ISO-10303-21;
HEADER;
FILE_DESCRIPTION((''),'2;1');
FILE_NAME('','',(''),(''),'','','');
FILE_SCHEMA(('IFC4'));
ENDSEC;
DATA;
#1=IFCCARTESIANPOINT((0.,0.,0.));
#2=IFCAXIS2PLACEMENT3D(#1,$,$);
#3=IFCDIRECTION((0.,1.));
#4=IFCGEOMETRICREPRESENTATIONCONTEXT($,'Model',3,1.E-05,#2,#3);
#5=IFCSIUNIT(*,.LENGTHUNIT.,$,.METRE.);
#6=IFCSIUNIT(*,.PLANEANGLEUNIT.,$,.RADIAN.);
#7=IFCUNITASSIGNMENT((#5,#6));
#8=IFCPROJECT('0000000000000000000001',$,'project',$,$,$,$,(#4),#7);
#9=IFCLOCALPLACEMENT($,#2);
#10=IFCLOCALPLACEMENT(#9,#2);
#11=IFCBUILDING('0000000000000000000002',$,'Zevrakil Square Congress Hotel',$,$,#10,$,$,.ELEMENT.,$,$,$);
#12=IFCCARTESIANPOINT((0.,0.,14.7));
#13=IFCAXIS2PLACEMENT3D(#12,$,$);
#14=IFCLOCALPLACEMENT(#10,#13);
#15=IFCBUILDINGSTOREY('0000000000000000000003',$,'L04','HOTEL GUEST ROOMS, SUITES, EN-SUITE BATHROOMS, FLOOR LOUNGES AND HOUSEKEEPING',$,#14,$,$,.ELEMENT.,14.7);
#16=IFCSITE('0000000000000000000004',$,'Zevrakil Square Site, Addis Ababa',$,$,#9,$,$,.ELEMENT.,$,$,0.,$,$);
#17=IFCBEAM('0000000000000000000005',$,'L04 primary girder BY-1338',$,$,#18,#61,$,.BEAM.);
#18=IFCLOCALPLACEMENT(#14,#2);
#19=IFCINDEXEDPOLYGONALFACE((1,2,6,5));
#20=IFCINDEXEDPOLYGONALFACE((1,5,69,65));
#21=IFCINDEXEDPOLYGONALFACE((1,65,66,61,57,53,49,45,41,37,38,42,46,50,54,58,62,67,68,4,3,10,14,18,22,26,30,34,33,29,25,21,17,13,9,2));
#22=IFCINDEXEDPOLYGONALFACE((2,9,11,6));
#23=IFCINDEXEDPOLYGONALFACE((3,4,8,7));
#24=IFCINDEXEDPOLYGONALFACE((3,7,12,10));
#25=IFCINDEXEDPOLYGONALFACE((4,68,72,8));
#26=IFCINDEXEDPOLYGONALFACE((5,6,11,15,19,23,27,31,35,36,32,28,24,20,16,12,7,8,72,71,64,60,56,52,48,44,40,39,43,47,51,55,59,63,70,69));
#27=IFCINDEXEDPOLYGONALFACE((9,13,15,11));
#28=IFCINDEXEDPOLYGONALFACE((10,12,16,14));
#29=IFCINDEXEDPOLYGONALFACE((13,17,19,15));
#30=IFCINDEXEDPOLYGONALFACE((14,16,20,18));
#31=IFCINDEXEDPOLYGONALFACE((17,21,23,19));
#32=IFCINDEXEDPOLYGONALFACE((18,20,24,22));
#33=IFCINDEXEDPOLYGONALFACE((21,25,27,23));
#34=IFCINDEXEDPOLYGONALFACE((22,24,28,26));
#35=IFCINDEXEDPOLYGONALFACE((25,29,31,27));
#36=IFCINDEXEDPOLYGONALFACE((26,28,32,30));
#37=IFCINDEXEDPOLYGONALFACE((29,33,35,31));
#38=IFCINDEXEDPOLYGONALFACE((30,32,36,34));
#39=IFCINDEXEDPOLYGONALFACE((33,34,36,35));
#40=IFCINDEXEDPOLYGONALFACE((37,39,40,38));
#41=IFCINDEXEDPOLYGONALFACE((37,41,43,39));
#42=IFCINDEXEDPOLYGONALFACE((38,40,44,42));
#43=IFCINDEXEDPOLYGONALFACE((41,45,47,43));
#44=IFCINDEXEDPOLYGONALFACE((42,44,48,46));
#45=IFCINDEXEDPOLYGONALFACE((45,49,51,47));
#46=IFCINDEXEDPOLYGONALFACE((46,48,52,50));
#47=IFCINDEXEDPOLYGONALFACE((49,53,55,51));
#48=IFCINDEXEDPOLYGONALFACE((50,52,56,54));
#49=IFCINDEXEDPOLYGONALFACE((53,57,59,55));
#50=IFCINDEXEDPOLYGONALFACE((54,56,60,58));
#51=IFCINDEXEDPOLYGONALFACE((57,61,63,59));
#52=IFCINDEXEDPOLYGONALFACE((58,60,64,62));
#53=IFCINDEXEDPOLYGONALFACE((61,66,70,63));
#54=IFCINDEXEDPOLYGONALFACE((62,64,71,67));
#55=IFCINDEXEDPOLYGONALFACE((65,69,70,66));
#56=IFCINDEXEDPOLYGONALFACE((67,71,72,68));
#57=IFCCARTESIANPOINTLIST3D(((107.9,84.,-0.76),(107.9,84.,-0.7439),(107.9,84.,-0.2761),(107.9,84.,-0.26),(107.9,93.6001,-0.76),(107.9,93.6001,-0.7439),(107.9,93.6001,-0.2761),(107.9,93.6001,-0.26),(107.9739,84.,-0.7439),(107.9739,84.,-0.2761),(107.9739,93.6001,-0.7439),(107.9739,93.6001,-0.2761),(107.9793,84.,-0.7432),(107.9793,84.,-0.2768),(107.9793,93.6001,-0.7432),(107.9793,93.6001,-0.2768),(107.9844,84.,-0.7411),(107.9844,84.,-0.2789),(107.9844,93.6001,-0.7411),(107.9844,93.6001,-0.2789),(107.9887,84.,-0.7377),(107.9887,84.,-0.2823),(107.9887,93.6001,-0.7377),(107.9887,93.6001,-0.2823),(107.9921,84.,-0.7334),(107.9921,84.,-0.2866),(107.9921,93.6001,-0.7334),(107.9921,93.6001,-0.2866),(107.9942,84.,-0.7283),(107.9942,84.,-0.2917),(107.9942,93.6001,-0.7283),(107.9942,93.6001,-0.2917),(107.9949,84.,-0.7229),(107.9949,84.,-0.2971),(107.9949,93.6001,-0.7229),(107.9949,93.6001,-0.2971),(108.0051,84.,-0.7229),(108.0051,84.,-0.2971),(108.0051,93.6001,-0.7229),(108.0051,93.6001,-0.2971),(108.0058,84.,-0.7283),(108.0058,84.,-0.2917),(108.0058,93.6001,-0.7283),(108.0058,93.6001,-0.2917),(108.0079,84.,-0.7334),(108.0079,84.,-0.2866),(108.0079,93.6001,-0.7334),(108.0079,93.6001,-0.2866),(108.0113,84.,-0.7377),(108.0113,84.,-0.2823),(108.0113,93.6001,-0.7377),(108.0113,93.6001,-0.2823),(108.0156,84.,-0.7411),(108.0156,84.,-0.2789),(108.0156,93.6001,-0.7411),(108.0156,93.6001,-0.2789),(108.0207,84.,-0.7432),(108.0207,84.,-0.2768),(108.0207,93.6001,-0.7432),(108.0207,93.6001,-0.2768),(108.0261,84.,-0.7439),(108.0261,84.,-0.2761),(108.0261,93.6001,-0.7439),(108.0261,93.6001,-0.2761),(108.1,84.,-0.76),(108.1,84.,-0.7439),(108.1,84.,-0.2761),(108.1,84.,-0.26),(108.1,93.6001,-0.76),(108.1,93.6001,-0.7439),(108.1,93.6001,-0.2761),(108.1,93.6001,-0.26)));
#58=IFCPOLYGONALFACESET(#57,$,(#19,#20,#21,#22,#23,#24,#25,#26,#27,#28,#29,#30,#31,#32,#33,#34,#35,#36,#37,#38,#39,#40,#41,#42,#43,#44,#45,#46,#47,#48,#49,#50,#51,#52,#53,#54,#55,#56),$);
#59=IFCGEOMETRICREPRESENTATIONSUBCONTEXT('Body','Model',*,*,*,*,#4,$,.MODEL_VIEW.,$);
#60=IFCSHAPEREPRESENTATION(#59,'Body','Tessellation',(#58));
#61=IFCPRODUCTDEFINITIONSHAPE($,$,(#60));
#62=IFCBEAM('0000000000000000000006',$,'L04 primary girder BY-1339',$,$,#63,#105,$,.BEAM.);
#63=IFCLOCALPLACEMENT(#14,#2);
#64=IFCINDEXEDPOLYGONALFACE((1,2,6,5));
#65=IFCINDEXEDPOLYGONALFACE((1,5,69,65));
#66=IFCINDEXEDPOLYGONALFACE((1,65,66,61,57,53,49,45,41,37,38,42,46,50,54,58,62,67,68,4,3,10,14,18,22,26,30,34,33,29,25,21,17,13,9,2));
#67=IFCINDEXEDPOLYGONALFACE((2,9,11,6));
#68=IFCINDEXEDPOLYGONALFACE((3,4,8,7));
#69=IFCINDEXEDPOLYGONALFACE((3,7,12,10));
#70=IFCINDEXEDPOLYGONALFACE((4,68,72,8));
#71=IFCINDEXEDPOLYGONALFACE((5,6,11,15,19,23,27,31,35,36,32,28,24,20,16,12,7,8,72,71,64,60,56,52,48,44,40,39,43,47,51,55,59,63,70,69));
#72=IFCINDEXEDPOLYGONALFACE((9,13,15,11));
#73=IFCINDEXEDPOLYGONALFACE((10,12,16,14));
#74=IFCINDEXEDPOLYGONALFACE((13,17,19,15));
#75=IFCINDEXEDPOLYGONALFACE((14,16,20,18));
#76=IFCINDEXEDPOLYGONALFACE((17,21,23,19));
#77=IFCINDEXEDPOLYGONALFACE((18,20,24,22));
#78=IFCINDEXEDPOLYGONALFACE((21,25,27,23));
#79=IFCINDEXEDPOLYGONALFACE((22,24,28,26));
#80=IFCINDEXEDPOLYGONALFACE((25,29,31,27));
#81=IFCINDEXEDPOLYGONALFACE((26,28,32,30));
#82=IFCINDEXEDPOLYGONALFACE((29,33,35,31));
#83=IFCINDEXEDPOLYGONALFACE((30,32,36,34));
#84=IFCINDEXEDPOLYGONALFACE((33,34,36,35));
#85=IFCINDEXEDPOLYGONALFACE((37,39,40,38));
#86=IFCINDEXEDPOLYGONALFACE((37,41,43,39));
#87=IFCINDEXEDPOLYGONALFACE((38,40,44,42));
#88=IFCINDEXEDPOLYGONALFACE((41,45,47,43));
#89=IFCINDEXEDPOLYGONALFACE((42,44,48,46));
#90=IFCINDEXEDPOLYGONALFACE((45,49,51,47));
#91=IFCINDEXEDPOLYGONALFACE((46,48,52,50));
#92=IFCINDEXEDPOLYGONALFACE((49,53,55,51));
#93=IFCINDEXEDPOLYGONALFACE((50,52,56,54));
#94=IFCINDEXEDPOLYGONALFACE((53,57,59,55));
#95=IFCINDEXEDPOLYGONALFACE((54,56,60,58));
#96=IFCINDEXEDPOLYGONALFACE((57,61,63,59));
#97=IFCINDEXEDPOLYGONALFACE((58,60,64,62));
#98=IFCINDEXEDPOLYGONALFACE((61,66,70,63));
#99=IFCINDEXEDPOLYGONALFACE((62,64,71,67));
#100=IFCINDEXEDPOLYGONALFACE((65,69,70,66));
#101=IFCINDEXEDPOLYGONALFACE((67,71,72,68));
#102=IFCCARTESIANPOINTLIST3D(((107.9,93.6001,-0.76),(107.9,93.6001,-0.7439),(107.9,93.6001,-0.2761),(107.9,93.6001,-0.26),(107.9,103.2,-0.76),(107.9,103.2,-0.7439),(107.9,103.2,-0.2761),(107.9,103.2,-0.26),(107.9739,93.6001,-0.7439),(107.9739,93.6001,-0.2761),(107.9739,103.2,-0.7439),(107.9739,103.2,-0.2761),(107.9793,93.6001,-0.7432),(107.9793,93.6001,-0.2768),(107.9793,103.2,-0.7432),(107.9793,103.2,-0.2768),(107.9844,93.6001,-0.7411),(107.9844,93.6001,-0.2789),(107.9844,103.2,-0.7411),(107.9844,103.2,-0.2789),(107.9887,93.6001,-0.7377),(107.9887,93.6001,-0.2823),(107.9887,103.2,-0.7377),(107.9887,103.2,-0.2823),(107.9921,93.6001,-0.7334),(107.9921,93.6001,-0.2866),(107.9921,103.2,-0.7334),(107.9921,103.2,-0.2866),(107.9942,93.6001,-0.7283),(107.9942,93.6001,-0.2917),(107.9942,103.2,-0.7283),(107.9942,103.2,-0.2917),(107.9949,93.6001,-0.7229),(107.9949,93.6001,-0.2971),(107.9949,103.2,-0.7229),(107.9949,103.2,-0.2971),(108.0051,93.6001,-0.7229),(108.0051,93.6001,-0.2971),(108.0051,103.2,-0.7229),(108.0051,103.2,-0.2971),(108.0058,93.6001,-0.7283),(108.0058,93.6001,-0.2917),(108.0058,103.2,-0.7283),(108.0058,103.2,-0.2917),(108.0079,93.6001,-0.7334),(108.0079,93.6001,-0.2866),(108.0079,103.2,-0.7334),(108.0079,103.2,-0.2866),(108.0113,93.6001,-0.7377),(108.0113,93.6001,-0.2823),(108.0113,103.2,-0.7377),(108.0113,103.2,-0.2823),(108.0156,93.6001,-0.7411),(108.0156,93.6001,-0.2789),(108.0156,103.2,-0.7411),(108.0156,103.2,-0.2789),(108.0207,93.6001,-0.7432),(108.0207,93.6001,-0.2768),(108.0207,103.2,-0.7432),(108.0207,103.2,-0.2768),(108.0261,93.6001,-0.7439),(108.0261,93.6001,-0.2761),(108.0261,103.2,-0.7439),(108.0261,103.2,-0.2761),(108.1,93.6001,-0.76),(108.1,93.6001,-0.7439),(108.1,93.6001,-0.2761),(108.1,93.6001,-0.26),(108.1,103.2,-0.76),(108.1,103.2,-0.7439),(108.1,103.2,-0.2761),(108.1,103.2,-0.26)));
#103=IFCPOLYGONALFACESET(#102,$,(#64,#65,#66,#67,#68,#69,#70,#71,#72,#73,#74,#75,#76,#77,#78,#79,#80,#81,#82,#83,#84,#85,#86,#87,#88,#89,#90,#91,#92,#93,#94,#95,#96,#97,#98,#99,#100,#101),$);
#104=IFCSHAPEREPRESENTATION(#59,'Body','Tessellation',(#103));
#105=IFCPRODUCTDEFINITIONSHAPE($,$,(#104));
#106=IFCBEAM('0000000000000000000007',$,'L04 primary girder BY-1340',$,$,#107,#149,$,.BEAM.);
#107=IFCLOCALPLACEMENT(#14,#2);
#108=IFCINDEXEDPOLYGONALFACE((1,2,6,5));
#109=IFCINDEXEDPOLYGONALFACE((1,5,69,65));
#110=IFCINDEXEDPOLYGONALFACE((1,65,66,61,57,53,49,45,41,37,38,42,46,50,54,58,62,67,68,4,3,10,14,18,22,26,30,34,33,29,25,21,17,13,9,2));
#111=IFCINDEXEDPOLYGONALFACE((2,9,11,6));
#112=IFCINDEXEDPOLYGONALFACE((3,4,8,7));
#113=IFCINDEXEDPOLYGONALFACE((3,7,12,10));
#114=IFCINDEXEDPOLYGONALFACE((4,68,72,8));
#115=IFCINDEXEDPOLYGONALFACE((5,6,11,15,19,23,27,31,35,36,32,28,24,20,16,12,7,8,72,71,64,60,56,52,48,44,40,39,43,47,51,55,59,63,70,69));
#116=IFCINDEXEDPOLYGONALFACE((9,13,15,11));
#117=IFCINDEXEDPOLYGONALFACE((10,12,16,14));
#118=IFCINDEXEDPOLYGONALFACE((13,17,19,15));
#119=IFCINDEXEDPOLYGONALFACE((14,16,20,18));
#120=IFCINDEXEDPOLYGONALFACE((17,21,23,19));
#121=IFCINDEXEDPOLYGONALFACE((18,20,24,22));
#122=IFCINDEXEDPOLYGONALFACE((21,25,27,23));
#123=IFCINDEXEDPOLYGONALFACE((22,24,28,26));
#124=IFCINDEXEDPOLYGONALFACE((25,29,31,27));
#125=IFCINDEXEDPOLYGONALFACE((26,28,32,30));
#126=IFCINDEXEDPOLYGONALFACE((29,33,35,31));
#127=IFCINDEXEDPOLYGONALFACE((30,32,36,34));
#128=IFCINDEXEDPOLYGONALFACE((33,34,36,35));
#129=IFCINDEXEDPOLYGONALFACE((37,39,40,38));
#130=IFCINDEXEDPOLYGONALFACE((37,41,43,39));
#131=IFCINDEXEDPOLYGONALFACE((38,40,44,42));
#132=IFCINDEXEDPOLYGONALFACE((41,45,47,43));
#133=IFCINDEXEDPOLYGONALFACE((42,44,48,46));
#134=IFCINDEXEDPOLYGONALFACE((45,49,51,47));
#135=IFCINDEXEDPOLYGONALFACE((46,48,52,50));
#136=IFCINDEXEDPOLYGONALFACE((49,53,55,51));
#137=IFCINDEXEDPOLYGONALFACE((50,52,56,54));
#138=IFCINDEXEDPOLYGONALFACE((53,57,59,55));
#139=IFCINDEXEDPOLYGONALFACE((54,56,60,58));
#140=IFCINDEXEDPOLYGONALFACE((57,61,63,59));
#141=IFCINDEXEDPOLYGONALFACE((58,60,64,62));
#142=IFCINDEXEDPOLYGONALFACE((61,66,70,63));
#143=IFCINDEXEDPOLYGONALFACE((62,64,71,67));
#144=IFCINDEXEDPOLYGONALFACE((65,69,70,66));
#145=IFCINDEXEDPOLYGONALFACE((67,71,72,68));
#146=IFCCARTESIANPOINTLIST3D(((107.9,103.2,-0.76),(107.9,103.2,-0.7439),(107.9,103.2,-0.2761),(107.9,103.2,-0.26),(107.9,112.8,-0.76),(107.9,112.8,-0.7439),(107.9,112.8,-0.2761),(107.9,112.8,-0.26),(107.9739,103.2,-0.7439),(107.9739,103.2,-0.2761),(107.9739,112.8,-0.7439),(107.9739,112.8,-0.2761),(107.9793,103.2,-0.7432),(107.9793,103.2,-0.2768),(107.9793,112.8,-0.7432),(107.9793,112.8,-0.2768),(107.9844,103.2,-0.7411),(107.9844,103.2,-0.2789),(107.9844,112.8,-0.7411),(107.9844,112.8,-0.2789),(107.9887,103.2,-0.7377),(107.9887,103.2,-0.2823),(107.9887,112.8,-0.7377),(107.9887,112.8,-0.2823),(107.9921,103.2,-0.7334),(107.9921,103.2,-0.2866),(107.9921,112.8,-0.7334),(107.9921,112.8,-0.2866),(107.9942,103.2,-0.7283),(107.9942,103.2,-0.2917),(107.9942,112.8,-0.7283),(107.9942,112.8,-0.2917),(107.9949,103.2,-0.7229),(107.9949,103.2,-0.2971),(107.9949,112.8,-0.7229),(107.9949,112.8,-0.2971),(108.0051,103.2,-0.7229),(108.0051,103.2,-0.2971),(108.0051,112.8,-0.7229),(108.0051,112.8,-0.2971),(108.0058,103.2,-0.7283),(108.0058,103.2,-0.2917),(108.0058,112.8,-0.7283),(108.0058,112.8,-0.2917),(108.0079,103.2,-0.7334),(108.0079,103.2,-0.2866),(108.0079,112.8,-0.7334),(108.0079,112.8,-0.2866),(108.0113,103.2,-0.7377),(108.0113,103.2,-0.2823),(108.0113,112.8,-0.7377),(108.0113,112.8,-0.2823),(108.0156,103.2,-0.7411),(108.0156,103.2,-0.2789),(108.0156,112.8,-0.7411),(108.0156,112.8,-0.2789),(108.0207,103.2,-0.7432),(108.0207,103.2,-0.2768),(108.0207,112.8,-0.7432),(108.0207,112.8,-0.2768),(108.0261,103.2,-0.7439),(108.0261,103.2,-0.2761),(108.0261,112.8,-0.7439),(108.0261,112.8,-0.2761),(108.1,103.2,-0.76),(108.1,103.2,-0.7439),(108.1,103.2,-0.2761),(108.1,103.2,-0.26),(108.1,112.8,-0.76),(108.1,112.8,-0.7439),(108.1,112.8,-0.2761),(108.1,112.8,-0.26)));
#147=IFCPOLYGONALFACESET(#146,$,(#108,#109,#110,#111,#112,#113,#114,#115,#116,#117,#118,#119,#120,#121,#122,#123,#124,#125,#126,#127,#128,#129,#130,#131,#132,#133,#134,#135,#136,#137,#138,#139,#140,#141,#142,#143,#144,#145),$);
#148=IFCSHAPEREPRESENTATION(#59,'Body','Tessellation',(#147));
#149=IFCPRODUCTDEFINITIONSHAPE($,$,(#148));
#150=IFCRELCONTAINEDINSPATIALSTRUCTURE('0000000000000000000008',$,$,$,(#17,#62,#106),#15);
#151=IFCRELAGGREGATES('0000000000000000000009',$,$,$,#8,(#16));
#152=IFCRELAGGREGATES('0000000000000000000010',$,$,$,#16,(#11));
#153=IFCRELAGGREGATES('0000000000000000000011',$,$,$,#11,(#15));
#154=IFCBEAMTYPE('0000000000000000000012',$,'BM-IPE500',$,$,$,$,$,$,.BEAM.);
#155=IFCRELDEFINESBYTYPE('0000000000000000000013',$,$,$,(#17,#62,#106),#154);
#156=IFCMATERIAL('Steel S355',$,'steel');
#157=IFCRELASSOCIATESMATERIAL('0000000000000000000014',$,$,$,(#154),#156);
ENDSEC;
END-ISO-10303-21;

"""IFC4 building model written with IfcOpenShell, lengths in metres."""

from ifc_helpers import new_model, si_unit, direction, frame, origin, origin_2d, place, context, subcontext, project, spatial, i_section, extrude, material, material_profile, profile_set, type_object, element, save


model = new_model("IFC4")

# Units and contexts
model_context = context("Model", 3, precision=1e-05, world=origin(), true_north=direction((0.0, 1.0)))
body_context = subcontext(model_context, "Body", "Model", "MODEL_VIEW")
ifc_project = project(units=[si_unit("LENGTHUNIT", "METRE"), si_unit("PLANEANGLEUNIT", "RADIAN")], contexts=[model_context])

# Site, building, storey
site_placement = place(None, origin())
site = spatial("IfcSite", under=ifc_project, at=site_placement, Name="Zevrakil Square Site, Addis Ababa", CompositionType="ELEMENT", RefElevation=0.0)
building_placement = place(site_placement, origin())
building = spatial("IfcBuilding", under=site, at=building_placement, Name="Zevrakil Square Congress Hotel", CompositionType="ELEMENT")
storey_placement = place(building_placement, frame((0.0, 0.0, 14.7)))
storey = spatial("IfcBuildingStorey", under=building, at=storey_placement, Name="L04", Description="HOTEL GUEST ROOMS, SUITES, EN-SUITE BATHROOMS, FLOOR LOUNGES AND HOUSEKEEPING", CompositionType="ELEMENT", Elevation=14.7)

# Beams
ifc_material_1 = material(Name="Steel S355", Category="steel")
ifc_material_profile_1 = material_profile(ifc_material_1, i_section(OverallWidth=0.2, OverallDepth=0.5, WebThickness=0.0103, FlangeThickness=0.0161, FilletRadius=0.021, at=origin_2d()), Name="IPE 500")
ifc_profile_set_1 = profile_set([ifc_material_profile_1], Name="Steel S355")
beam_type_1 = type_object("IfcBeamType", Name="BM-IPE500", PredefinedType="BEAM", material=ifc_profile_set_1)
for number, where, z_axis, x_axis, name in (
    (1, (108.0, 84.0, -0.51), (0.0, 1.0, 0.0), (-1.0, 0.0, 0.0), "L04 primary girder BY-1338"),
):
    element("IfcBeam", number, at=place(storey_placement, frame(where, z_axis=z_axis, x_axis=x_axis)), inside=storey, type_object=beam_type_1, Name=name, PredefinedType="BEAM", context=body_context, shape_type="SweptSolid", body=[
        extrude(i_section(OverallWidth=0.2, OverallDepth=0.5, WebThickness=0.0103, FlangeThickness=0.0161, FilletRadius=0.021, at=origin_2d()), origin(), (0.0, 0.0, 1.0), 9.6001),
    ])
beam_1_placement = place(storey_placement, frame((108.0, 93.6001, -0.51), z_axis=(0.0, 1.0, 0.0), x_axis=(-1.0, 0.0, 0.0)))
element("IfcBeam", 2, at=beam_1_placement, inside=storey, type_object=beam_type_1, Name="L04 primary girder BY-1339", PredefinedType="BEAM", context=body_context, shape_type="SweptSolid", body=[
    extrude(i_section(OverallWidth=0.2, OverallDepth=0.5, WebThickness=0.0103, FlangeThickness=0.0161, FilletRadius=0.021, at=origin_2d()), origin(), (0.0, 0.0, 1.0), 9.5999),
])
beam_2_placement = place(storey_placement, frame((108.0, 103.2, -0.51), z_axis=(0.0, 1.0, 0.0), x_axis=(-1.0, 0.0, 0.0)))
element("IfcBeam", 3, at=beam_2_placement, inside=storey, type_object=beam_type_1, Name="L04 primary girder BY-1340", PredefinedType="BEAM", context=body_context, shape_type="SweptSolid", body=[
    extrude(i_section(OverallWidth=0.2, OverallDepth=0.5, WebThickness=0.0103, FlangeThickness=0.0161, FilletRadius=0.021, at=origin_2d()), origin(), (0.0, 0.0, 1.0), 9.6001),
])

save(model, "model.ifc")
